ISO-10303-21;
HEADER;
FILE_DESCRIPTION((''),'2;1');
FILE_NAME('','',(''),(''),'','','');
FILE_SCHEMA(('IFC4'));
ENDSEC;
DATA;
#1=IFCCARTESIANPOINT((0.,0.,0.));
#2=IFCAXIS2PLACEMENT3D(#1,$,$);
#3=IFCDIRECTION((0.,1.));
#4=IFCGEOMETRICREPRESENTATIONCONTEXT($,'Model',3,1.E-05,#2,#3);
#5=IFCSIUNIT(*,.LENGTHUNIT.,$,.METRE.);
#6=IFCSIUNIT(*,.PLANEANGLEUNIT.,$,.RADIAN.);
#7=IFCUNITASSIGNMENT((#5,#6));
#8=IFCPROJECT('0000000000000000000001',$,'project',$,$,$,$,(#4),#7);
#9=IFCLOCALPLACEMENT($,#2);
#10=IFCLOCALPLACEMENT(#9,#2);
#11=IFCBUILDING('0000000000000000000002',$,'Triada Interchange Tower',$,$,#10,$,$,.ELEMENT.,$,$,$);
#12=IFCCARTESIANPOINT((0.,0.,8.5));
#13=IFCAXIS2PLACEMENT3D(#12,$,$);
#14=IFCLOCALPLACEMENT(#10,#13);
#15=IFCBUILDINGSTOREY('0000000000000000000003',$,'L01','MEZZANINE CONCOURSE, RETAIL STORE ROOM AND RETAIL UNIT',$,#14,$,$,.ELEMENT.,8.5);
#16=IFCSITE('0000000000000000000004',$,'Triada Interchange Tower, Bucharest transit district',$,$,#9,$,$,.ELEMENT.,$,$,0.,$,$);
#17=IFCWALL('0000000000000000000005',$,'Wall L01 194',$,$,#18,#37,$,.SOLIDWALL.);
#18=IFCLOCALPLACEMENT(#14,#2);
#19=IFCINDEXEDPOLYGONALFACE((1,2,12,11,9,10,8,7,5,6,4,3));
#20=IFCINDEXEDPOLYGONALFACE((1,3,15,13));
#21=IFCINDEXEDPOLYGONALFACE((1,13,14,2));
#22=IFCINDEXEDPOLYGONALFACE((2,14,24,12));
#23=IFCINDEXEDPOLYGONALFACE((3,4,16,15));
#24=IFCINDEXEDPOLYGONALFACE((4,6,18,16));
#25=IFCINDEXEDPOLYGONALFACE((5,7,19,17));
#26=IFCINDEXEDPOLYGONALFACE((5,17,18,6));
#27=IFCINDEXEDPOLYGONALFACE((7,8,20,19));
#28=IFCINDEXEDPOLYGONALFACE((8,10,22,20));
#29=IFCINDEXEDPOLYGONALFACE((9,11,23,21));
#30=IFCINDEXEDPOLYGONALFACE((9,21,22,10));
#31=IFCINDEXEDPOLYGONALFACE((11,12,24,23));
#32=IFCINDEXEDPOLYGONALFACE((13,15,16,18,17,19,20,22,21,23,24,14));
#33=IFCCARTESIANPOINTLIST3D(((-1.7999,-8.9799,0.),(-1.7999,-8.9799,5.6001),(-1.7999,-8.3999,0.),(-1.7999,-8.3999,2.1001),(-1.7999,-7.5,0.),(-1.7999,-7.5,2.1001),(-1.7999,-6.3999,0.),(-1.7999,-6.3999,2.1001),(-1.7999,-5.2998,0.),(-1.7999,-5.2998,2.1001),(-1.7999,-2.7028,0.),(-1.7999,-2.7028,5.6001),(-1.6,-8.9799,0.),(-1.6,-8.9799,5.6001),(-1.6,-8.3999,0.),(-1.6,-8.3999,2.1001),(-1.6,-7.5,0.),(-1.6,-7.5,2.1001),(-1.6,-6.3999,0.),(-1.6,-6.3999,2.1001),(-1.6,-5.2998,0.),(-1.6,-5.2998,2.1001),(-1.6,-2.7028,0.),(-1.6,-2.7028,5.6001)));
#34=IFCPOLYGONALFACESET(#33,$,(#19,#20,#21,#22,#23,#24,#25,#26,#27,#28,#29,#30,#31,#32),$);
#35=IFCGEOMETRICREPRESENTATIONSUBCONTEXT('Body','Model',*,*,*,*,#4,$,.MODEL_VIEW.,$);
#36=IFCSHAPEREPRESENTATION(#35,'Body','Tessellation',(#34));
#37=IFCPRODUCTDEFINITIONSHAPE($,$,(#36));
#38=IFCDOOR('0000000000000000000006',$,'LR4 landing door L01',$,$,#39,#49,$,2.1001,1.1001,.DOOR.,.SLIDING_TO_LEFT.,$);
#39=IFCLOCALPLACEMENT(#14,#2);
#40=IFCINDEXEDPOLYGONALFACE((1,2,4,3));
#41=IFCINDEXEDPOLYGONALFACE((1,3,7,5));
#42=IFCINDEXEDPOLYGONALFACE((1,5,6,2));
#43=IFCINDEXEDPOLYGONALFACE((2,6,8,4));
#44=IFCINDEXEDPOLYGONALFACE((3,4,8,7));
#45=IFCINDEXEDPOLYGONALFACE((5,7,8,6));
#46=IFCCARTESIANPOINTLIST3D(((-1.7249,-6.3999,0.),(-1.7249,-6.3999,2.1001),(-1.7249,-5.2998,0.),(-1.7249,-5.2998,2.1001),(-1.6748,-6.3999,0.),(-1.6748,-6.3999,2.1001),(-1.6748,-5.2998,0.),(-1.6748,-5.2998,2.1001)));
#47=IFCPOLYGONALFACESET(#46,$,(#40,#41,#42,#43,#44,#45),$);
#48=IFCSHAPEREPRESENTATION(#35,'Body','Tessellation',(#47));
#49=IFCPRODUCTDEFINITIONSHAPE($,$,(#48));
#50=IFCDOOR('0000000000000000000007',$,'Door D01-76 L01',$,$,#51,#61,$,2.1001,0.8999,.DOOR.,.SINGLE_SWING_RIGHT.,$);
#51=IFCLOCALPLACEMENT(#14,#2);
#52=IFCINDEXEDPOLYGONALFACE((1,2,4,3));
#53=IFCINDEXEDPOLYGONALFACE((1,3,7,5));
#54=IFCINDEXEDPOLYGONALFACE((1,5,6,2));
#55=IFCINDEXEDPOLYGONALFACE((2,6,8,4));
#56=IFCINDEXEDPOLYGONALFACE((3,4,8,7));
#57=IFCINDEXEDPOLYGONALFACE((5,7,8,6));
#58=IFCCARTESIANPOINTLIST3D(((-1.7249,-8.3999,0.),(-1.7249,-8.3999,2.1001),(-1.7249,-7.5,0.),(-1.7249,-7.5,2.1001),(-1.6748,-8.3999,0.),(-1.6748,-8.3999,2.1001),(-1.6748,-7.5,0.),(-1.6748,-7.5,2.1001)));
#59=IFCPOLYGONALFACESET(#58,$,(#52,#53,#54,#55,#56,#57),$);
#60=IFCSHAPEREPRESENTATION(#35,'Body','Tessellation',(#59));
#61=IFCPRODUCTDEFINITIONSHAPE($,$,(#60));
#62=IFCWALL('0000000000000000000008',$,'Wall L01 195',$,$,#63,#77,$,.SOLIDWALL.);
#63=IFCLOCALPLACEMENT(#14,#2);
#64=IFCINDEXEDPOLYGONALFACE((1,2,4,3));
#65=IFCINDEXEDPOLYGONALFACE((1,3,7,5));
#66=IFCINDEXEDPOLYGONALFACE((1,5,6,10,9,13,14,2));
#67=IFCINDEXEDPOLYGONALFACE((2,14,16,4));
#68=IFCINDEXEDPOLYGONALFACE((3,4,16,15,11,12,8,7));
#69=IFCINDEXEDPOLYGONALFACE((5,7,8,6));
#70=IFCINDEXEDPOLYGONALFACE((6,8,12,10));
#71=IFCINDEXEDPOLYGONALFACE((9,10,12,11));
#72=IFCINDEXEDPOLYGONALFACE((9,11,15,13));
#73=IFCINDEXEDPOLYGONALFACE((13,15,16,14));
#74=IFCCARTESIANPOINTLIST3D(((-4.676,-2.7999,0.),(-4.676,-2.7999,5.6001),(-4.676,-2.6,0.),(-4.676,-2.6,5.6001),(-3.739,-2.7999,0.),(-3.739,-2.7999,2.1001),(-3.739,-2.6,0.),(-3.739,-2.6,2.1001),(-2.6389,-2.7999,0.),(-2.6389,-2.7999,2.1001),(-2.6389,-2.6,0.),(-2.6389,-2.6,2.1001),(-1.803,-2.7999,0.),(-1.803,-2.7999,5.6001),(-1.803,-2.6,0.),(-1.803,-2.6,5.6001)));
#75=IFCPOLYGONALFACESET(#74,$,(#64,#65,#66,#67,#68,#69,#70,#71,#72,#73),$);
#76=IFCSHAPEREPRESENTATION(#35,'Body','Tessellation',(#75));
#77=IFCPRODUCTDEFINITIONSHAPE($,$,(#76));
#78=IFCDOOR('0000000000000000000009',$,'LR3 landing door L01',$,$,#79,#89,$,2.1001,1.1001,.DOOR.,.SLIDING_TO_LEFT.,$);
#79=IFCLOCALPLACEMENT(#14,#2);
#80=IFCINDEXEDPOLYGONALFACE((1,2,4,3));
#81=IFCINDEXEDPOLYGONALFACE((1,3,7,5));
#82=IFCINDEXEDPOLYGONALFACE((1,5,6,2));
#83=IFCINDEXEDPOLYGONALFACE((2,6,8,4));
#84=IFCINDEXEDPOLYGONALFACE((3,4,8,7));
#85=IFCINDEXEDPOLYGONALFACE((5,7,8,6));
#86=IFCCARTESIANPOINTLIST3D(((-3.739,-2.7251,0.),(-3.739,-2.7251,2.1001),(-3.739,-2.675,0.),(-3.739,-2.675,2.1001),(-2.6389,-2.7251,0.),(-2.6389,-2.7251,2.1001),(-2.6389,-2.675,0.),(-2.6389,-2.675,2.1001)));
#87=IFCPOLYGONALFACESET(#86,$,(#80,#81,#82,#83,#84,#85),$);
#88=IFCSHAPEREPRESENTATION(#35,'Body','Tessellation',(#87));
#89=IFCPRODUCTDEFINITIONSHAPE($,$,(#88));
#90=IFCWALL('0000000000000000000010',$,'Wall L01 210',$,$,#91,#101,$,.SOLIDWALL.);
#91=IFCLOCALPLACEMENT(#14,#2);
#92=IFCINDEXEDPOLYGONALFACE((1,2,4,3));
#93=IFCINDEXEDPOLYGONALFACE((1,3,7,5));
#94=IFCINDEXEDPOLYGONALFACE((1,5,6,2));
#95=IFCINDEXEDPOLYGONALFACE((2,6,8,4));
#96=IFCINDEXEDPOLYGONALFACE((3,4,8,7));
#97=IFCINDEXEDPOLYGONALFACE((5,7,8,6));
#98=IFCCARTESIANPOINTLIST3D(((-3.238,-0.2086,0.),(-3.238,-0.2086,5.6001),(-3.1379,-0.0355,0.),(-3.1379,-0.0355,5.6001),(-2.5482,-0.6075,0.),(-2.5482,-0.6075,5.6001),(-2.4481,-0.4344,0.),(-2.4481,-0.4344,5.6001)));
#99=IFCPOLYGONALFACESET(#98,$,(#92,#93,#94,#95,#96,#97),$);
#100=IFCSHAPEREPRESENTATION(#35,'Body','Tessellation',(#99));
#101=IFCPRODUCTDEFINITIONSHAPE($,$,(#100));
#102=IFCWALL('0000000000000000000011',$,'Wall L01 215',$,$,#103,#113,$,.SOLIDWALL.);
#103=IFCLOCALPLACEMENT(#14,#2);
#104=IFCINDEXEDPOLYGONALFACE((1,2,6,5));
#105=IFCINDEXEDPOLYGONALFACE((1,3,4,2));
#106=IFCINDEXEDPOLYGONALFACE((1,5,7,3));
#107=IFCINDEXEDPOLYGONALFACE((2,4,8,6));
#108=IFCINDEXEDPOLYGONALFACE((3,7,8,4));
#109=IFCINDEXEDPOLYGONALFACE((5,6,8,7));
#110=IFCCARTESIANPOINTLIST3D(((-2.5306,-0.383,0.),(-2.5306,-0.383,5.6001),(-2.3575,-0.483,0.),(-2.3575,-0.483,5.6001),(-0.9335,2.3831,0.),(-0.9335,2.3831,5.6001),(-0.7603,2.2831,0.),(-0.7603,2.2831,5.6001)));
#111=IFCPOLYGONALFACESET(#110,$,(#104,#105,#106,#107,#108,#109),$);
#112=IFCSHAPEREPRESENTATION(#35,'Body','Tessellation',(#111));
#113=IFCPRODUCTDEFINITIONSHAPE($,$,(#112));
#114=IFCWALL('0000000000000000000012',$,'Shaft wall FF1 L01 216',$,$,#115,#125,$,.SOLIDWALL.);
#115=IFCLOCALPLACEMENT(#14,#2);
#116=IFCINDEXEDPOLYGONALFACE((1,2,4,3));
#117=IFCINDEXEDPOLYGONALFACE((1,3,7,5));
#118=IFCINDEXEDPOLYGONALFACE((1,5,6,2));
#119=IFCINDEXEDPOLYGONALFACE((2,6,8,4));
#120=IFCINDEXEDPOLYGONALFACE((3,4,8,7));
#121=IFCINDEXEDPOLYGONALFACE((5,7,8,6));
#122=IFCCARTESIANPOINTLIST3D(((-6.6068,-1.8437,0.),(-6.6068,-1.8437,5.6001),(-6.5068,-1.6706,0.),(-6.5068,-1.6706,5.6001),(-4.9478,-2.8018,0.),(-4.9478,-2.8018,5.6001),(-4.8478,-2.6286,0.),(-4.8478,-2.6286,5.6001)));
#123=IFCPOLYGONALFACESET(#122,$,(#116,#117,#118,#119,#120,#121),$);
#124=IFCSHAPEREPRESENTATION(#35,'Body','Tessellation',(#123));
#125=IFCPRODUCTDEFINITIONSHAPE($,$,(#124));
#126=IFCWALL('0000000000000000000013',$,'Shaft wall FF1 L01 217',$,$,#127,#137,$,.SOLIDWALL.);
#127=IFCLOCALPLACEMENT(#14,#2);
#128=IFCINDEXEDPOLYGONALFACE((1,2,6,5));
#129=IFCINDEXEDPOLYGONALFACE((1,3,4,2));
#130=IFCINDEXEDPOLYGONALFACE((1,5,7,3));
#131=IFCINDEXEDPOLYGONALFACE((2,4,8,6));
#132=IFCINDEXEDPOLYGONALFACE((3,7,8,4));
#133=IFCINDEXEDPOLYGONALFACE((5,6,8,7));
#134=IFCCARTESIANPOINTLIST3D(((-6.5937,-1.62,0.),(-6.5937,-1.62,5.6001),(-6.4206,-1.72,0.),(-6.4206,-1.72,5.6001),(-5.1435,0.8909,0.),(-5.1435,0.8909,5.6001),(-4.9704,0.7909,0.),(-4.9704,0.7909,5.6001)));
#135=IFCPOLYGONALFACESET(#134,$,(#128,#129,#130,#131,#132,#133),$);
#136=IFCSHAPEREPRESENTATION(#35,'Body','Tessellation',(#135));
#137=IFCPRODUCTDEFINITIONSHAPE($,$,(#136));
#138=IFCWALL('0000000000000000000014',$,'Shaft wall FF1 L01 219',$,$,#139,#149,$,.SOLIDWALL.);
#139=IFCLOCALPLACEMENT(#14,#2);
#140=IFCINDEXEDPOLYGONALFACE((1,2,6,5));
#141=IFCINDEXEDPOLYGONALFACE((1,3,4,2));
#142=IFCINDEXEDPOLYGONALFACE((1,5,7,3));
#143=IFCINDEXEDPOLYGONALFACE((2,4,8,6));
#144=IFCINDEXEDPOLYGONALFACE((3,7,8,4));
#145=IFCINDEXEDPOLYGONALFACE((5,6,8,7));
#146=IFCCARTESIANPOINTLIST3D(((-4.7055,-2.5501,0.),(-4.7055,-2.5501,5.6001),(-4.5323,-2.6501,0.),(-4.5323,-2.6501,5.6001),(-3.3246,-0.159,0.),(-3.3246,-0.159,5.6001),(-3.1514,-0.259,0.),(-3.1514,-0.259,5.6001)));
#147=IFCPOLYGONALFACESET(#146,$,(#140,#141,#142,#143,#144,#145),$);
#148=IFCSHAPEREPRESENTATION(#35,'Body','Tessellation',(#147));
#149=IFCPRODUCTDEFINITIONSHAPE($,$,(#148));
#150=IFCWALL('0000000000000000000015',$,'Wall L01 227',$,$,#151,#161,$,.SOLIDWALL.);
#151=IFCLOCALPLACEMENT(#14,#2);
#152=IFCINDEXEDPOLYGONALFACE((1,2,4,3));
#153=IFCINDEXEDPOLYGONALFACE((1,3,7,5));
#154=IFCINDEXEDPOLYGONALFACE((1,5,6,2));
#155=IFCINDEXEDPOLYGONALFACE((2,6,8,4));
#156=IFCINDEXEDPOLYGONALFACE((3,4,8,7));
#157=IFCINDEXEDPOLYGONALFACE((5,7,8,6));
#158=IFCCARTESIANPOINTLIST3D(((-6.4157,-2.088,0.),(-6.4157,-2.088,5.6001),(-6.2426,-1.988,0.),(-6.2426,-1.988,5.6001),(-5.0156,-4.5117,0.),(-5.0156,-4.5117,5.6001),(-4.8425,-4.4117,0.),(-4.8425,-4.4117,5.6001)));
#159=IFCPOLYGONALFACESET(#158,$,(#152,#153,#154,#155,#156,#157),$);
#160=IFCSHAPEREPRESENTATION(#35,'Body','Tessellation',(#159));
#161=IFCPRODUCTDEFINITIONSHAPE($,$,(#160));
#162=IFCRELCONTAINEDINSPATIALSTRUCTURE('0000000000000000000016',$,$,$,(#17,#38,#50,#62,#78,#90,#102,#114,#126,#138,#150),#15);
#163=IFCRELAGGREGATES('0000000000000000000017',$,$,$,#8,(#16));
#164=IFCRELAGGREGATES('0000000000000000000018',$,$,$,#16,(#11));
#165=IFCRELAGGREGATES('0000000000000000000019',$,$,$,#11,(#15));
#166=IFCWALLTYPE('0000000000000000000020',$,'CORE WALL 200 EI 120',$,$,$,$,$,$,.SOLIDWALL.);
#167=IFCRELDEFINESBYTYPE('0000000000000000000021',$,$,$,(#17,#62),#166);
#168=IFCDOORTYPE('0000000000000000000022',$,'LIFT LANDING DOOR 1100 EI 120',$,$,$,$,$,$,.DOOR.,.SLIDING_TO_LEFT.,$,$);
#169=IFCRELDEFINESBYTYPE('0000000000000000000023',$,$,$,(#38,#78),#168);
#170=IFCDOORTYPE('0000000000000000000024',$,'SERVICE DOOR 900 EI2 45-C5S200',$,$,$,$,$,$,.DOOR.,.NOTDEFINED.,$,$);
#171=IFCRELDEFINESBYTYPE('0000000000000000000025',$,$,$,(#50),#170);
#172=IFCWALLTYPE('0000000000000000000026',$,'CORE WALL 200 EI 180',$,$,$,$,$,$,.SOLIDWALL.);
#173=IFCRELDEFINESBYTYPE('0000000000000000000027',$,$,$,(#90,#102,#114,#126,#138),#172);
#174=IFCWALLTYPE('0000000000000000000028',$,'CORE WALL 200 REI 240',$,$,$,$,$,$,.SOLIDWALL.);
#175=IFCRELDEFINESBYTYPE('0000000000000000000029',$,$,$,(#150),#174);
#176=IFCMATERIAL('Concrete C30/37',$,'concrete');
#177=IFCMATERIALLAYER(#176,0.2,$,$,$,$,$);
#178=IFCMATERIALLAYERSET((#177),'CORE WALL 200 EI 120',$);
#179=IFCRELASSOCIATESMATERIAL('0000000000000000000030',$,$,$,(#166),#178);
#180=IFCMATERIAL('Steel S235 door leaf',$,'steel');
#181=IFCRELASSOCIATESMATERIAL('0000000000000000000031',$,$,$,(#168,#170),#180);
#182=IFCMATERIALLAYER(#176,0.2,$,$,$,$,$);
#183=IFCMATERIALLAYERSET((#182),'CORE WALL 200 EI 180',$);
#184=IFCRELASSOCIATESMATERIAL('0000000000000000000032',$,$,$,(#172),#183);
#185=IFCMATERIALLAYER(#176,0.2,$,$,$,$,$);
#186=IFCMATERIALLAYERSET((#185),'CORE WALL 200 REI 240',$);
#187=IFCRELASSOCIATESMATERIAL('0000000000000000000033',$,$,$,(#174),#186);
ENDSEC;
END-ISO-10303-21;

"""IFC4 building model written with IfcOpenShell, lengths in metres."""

from ifc_helpers import new_model, si_unit, direction, frame, frame_2d, origin, place, context, subcontext, project, spatial, rectangle, extrude, material, layer, layer_set, type_object, element, fill, save


model = new_model("IFC4")

# Units and contexts
model_context = context("Model", 3, precision=1e-05, world=origin(), true_north=direction((0.0, 1.0)))
body_context = subcontext(model_context, "Body", "Model", "MODEL_VIEW")
ifc_project = project(units=[si_unit("LENGTHUNIT", "METRE"), si_unit("PLANEANGLEUNIT", "RADIAN")], contexts=[model_context])

# Site, building, storey
site_placement = place(None, origin())
site = spatial("IfcSite", under=ifc_project, at=site_placement, Name="Triada Interchange Tower, Bucharest transit district", CompositionType="ELEMENT", RefElevation=0.0)
building_placement = place(site_placement, origin())
building = spatial("IfcBuilding", under=site, at=building_placement, Name="Triada Interchange Tower", CompositionType="ELEMENT")
storey_placement = place(building_placement, frame((0.0, 0.0, 8.5)))
storey = spatial("IfcBuildingStorey", under=building, at=storey_placement, Name="L01", Description="MEZZANINE CONCOURSE, RETAIL STORE ROOM AND RETAIL UNIT", CompositionType="ELEMENT", Elevation=8.5)

# Shared definitions
ifc_material_1 = material(Name="Concrete C30/37", Category="concrete")
ifc_layer_1 = layer(ifc_material_1, 0.2)
ifc_layer_set_1 = layer_set([ifc_layer_1], Name="CORE WALL 200 EI 120")
wall_type_1 = type_object("IfcWallType", Name="CORE WALL 200 EI 120", PredefinedType="SOLIDWALL", material=ifc_layer_set_1)

# Wall, openings, doors
wall_1_placement = place(storey_placement, frame((-1.7, -8.98, 0.0), z_axis=(0.0, 0.0, 1.0), x_axis=(0.0, 1.0, 0.0)))
wall_1 = element("IfcWall", 1, at=wall_1_placement, inside=storey, type_object=wall_type_1, Name="Wall L01 194", PredefinedType="SOLIDWALL", context=body_context, shape_type="SweptSolid", body=[
    extrude(rectangle(XDim=6.2771, YDim=0.2, at=frame_2d((3.1387, 0.0))), origin(), (0.0, 0.0, 1.0), 5.6001),
])
opening_1_placement = place(wall_1_placement, frame((2.5801, 0.0, 0.0)))
opening_1 = element("IfcOpeningElement", 2, at=opening_1_placement, cuts=wall_1, PredefinedType="OPENING", context=body_context, shape_type="SweptSolid", body=[
    extrude(rectangle(XDim=1.1001, YDim=2.1001, at=frame_2d((0.55, 1.05))), frame((0.0, 0.1099, 0.0), z_axis=(0.0, -1.0, 0.0), x_axis=(1.0, 0.0, 0.0)), (0.0, 0.0, 1.0), 0.22),
])
opening_2_placement = place(wall_1_placement, frame((0.5801, 0.0, 0.0)))
opening_2 = element("IfcOpeningElement", 3, at=opening_2_placement, cuts=wall_1, PredefinedType="OPENING", context=body_context, shape_type="SweptSolid", body=[
    extrude(rectangle(XDim=0.8999, YDim=2.1001, at=frame_2d((0.45, 1.05))), frame((0.0, 0.1099, 0.0), z_axis=(0.0, -1.0, 0.0), x_axis=(1.0, 0.0, 0.0)), (0.0, 0.0, 1.0), 0.22),
])
ifc_material_2 = material(Name="Steel S235 door leaf", Category="steel")
door_type_1 = type_object("IfcDoorType", Name="LIFT LANDING DOOR 1100 EI 120", OperationType="SLIDING_TO_LEFT", PredefinedType="DOOR", material=ifc_material_2)
door_1_placement = place(opening_1_placement, origin())
door_1 = element("IfcDoor", 4, at=door_1_placement, inside=storey, type_object=door_type_1, Name="LR4 landing door L01", OperationType="SLIDING_TO_LEFT", OverallHeight=2.1001, OverallWidth=1.1001, PredefinedType="DOOR", context=body_context, shape_type="SweptSolid", body=[
    extrude(rectangle(XDim=1.1001, YDim=2.1001, at=frame_2d((0.55, 1.05))), frame((0.0, 0.0249, 0.0), z_axis=(0.0, -1.0, 0.0), x_axis=(1.0, 0.0, 0.0)), (0.0, 0.0, 1.0), 0.05),
])
fill(opening_1, door_1)
door_type_2 = type_object("IfcDoorType", Name="SERVICE DOOR 900 EI2 45-C5S200", OperationType="NOTDEFINED", PredefinedType="DOOR", material=ifc_material_2)
door_2_placement = place(opening_2_placement, origin())
door_2 = element("IfcDoor", 5, at=door_2_placement, inside=storey, type_object=door_type_2, Name="Door D01-76 L01", OperationType="SINGLE_SWING_RIGHT", OverallHeight=2.1001, OverallWidth=0.8999, PredefinedType="DOOR", context=body_context, shape_type="SweptSolid", body=[
    extrude(rectangle(XDim=0.8999, YDim=2.1001, at=frame_2d((0.45, 1.05))), frame((0.0, 0.0249, 0.0), z_axis=(0.0, -1.0, 0.0), x_axis=(1.0, 0.0, 0.0)), (0.0, 0.0, 1.0), 0.05),
])
fill(opening_2, door_2)

# Wall, opening, door
wall_2_placement = place(storey_placement, frame((-4.676, -2.7, 0.0), z_axis=(0.0, 0.0, 1.0), x_axis=(1.0, 0.0, 0.0)))
wall_2 = element("IfcWall", 6, at=wall_2_placement, inside=storey, type_object=wall_type_1, Name="Wall L01 195", PredefinedType="SOLIDWALL", context=body_context, shape_type="SweptSolid", body=[
    extrude(rectangle(XDim=2.873, YDim=0.2, at=frame_2d((1.4365, 0.0))), origin(), (0.0, 0.0, 1.0), 5.6001),
])
opening_3_placement = place(wall_2_placement, frame((0.937, 0.0, 0.0)))
opening_3 = element("IfcOpeningElement", 7, at=opening_3_placement, cuts=wall_2, PredefinedType="OPENING", context=body_context, shape_type="SweptSolid", body=[
    extrude(rectangle(XDim=1.1001, YDim=2.1001, at=frame_2d((0.55, 1.05))), frame((0.0, 0.1099, 0.0), z_axis=(0.0, -1.0, 0.0), x_axis=(1.0, 0.0, 0.0)), (0.0, 0.0, 1.0), 0.22),
])
door_3_placement = place(opening_3_placement, origin())
door_3 = element("IfcDoor", 8, at=door_3_placement, inside=storey, type_object=door_type_1, Name="LR3 landing door L01", OperationType="SLIDING_TO_LEFT", OverallHeight=2.1001, OverallWidth=1.1001, PredefinedType="DOOR", context=body_context, shape_type="SweptSolid", body=[
    extrude(rectangle(XDim=1.1001, YDim=2.1001, at=frame_2d((0.55, 1.05))), frame((0.0, 0.0249, 0.0), z_axis=(0.0, -1.0, 0.0), x_axis=(1.0, 0.0, 0.0)), (0.0, 0.0, 1.0), 0.05),
])
fill(opening_3, door_3)

# Walls
ifc_layer_2 = layer(ifc_material_1, 0.2)
ifc_layer_set_2 = layer_set([ifc_layer_2], Name="CORE WALL 200 EI 180")
wall_type_2 = type_object("IfcWallType", Name="CORE WALL 200 EI 180", PredefinedType="SOLIDWALL", material=ifc_layer_set_2)
wall_3_placement = place(storey_placement, frame((-3.188, -0.1221, 0.0), z_axis=(0.0, 0.0, 1.0), x_axis=(0.865706, -0.500553, 0.0)))
element("IfcWall", 9, at=wall_3_placement, inside=storey, type_object=wall_type_2, Name="Wall L01 210", PredefinedType="SOLIDWALL", context=body_context, shape_type="SweptSolid", body=[
    extrude(rectangle(XDim=0.7969, YDim=0.2, at=frame_2d((0.3984, 0.0))), origin(), (0.0, 0.0, 1.0), 5.6001),
])
wall_4_placement = place(storey_placement, frame((-2.4441, -0.4331, 0.0), z_axis=(0.0, 0.0, 1.0), x_axis=(0.500036, 0.866005, 0.0)))
element("IfcWall", 10, at=wall_4_placement, inside=storey, type_object=wall_type_2, Name="Wall L01 215", PredefinedType="SOLIDWALL", context=body_context, shape_type="SweptSolid", body=[
    extrude(rectangle(XDim=3.1941, YDim=0.2, at=frame_2d((1.5972, 0.0))), origin(), (0.0, 0.0, 1.0), 5.6001),
])
wall_5_placement = place(storey_placement, frame((-6.5569, -1.7571, 0.0), z_axis=(0.0, 0.0, 1.0), x_axis=(0.865975, -0.500086, 0.0)))
element("IfcWall", 11, at=wall_5_placement, inside=storey, type_object=wall_type_2, Name="Shaft wall FF1 L01 216", PredefinedType="SOLIDWALL", context=body_context, shape_type="SweptSolid", body=[
    extrude(rectangle(XDim=1.9158, YDim=0.2, at=frame_2d((0.958, 0.0))), origin(), (0.0, 0.0, 1.0), 5.6001),
])
wall_6_placement = place(storey_placement, frame((-6.5071, -1.6699, 0.0), z_axis=(0.0, 0.0, 1.0), x_axis=(0.500123, 0.865954, 0.0)))
element("IfcWall", 12, at=wall_6_placement, inside=storey, type_object=wall_type_2, Name="Shaft wall FF1 L01 217", PredefinedType="SOLIDWALL", context=body_context, shape_type="SweptSolid", body=[
    extrude(rectangle(XDim=2.8997, YDim=0.2, at=frame_2d((1.4497, 0.0))), origin(), (0.0, 0.0, 1.0), 5.6001),
])
wall_7_placement = place(storey_placement, frame((-4.6189, -2.6001, 0.0), z_axis=(0.0, 0.0, 1.0), x_axis=(0.500095, 0.865971, 0.0)))
element("IfcWall", 13, at=wall_7_placement, inside=storey, type_object=wall_type_2, Name="Shaft wall FF1 L01 219", PredefinedType="SOLIDWALL", context=body_context, shape_type="SweptSolid", body=[
    extrude(rectangle(XDim=2.7612, YDim=0.2, at=frame_2d((1.3806, 0.0))), origin(), (0.0, 0.0, 1.0), 5.6001),
])
ifc_layer_3 = layer(ifc_material_1, 0.2)
ifc_layer_set_3 = layer_set([ifc_layer_3], Name="CORE WALL 200 REI 240")
wall_type_3 = type_object("IfcWallType", Name="CORE WALL 200 REI 240", PredefinedType="SOLIDWALL", material=ifc_layer_set_3)
wall_8_placement = place(storey_placement, frame((-6.3291, -2.0381, 0.0), z_axis=(0.0, 0.0, 1.0), x_axis=(0.500201, -0.86591, 0.0)))
element("IfcWall", 14, at=wall_8_placement, inside=storey, type_object=wall_type_3, Name="Wall L01 227", PredefinedType="SOLIDWALL", context=body_context, shape_type="SweptSolid", body=[
    extrude(rectangle(XDim=2.7991, YDim=0.2, at=frame_2d((1.3994, 0.0))), origin(), (0.0, 0.0, 1.0), 5.6001),
])

save(model, "model.ifc")
